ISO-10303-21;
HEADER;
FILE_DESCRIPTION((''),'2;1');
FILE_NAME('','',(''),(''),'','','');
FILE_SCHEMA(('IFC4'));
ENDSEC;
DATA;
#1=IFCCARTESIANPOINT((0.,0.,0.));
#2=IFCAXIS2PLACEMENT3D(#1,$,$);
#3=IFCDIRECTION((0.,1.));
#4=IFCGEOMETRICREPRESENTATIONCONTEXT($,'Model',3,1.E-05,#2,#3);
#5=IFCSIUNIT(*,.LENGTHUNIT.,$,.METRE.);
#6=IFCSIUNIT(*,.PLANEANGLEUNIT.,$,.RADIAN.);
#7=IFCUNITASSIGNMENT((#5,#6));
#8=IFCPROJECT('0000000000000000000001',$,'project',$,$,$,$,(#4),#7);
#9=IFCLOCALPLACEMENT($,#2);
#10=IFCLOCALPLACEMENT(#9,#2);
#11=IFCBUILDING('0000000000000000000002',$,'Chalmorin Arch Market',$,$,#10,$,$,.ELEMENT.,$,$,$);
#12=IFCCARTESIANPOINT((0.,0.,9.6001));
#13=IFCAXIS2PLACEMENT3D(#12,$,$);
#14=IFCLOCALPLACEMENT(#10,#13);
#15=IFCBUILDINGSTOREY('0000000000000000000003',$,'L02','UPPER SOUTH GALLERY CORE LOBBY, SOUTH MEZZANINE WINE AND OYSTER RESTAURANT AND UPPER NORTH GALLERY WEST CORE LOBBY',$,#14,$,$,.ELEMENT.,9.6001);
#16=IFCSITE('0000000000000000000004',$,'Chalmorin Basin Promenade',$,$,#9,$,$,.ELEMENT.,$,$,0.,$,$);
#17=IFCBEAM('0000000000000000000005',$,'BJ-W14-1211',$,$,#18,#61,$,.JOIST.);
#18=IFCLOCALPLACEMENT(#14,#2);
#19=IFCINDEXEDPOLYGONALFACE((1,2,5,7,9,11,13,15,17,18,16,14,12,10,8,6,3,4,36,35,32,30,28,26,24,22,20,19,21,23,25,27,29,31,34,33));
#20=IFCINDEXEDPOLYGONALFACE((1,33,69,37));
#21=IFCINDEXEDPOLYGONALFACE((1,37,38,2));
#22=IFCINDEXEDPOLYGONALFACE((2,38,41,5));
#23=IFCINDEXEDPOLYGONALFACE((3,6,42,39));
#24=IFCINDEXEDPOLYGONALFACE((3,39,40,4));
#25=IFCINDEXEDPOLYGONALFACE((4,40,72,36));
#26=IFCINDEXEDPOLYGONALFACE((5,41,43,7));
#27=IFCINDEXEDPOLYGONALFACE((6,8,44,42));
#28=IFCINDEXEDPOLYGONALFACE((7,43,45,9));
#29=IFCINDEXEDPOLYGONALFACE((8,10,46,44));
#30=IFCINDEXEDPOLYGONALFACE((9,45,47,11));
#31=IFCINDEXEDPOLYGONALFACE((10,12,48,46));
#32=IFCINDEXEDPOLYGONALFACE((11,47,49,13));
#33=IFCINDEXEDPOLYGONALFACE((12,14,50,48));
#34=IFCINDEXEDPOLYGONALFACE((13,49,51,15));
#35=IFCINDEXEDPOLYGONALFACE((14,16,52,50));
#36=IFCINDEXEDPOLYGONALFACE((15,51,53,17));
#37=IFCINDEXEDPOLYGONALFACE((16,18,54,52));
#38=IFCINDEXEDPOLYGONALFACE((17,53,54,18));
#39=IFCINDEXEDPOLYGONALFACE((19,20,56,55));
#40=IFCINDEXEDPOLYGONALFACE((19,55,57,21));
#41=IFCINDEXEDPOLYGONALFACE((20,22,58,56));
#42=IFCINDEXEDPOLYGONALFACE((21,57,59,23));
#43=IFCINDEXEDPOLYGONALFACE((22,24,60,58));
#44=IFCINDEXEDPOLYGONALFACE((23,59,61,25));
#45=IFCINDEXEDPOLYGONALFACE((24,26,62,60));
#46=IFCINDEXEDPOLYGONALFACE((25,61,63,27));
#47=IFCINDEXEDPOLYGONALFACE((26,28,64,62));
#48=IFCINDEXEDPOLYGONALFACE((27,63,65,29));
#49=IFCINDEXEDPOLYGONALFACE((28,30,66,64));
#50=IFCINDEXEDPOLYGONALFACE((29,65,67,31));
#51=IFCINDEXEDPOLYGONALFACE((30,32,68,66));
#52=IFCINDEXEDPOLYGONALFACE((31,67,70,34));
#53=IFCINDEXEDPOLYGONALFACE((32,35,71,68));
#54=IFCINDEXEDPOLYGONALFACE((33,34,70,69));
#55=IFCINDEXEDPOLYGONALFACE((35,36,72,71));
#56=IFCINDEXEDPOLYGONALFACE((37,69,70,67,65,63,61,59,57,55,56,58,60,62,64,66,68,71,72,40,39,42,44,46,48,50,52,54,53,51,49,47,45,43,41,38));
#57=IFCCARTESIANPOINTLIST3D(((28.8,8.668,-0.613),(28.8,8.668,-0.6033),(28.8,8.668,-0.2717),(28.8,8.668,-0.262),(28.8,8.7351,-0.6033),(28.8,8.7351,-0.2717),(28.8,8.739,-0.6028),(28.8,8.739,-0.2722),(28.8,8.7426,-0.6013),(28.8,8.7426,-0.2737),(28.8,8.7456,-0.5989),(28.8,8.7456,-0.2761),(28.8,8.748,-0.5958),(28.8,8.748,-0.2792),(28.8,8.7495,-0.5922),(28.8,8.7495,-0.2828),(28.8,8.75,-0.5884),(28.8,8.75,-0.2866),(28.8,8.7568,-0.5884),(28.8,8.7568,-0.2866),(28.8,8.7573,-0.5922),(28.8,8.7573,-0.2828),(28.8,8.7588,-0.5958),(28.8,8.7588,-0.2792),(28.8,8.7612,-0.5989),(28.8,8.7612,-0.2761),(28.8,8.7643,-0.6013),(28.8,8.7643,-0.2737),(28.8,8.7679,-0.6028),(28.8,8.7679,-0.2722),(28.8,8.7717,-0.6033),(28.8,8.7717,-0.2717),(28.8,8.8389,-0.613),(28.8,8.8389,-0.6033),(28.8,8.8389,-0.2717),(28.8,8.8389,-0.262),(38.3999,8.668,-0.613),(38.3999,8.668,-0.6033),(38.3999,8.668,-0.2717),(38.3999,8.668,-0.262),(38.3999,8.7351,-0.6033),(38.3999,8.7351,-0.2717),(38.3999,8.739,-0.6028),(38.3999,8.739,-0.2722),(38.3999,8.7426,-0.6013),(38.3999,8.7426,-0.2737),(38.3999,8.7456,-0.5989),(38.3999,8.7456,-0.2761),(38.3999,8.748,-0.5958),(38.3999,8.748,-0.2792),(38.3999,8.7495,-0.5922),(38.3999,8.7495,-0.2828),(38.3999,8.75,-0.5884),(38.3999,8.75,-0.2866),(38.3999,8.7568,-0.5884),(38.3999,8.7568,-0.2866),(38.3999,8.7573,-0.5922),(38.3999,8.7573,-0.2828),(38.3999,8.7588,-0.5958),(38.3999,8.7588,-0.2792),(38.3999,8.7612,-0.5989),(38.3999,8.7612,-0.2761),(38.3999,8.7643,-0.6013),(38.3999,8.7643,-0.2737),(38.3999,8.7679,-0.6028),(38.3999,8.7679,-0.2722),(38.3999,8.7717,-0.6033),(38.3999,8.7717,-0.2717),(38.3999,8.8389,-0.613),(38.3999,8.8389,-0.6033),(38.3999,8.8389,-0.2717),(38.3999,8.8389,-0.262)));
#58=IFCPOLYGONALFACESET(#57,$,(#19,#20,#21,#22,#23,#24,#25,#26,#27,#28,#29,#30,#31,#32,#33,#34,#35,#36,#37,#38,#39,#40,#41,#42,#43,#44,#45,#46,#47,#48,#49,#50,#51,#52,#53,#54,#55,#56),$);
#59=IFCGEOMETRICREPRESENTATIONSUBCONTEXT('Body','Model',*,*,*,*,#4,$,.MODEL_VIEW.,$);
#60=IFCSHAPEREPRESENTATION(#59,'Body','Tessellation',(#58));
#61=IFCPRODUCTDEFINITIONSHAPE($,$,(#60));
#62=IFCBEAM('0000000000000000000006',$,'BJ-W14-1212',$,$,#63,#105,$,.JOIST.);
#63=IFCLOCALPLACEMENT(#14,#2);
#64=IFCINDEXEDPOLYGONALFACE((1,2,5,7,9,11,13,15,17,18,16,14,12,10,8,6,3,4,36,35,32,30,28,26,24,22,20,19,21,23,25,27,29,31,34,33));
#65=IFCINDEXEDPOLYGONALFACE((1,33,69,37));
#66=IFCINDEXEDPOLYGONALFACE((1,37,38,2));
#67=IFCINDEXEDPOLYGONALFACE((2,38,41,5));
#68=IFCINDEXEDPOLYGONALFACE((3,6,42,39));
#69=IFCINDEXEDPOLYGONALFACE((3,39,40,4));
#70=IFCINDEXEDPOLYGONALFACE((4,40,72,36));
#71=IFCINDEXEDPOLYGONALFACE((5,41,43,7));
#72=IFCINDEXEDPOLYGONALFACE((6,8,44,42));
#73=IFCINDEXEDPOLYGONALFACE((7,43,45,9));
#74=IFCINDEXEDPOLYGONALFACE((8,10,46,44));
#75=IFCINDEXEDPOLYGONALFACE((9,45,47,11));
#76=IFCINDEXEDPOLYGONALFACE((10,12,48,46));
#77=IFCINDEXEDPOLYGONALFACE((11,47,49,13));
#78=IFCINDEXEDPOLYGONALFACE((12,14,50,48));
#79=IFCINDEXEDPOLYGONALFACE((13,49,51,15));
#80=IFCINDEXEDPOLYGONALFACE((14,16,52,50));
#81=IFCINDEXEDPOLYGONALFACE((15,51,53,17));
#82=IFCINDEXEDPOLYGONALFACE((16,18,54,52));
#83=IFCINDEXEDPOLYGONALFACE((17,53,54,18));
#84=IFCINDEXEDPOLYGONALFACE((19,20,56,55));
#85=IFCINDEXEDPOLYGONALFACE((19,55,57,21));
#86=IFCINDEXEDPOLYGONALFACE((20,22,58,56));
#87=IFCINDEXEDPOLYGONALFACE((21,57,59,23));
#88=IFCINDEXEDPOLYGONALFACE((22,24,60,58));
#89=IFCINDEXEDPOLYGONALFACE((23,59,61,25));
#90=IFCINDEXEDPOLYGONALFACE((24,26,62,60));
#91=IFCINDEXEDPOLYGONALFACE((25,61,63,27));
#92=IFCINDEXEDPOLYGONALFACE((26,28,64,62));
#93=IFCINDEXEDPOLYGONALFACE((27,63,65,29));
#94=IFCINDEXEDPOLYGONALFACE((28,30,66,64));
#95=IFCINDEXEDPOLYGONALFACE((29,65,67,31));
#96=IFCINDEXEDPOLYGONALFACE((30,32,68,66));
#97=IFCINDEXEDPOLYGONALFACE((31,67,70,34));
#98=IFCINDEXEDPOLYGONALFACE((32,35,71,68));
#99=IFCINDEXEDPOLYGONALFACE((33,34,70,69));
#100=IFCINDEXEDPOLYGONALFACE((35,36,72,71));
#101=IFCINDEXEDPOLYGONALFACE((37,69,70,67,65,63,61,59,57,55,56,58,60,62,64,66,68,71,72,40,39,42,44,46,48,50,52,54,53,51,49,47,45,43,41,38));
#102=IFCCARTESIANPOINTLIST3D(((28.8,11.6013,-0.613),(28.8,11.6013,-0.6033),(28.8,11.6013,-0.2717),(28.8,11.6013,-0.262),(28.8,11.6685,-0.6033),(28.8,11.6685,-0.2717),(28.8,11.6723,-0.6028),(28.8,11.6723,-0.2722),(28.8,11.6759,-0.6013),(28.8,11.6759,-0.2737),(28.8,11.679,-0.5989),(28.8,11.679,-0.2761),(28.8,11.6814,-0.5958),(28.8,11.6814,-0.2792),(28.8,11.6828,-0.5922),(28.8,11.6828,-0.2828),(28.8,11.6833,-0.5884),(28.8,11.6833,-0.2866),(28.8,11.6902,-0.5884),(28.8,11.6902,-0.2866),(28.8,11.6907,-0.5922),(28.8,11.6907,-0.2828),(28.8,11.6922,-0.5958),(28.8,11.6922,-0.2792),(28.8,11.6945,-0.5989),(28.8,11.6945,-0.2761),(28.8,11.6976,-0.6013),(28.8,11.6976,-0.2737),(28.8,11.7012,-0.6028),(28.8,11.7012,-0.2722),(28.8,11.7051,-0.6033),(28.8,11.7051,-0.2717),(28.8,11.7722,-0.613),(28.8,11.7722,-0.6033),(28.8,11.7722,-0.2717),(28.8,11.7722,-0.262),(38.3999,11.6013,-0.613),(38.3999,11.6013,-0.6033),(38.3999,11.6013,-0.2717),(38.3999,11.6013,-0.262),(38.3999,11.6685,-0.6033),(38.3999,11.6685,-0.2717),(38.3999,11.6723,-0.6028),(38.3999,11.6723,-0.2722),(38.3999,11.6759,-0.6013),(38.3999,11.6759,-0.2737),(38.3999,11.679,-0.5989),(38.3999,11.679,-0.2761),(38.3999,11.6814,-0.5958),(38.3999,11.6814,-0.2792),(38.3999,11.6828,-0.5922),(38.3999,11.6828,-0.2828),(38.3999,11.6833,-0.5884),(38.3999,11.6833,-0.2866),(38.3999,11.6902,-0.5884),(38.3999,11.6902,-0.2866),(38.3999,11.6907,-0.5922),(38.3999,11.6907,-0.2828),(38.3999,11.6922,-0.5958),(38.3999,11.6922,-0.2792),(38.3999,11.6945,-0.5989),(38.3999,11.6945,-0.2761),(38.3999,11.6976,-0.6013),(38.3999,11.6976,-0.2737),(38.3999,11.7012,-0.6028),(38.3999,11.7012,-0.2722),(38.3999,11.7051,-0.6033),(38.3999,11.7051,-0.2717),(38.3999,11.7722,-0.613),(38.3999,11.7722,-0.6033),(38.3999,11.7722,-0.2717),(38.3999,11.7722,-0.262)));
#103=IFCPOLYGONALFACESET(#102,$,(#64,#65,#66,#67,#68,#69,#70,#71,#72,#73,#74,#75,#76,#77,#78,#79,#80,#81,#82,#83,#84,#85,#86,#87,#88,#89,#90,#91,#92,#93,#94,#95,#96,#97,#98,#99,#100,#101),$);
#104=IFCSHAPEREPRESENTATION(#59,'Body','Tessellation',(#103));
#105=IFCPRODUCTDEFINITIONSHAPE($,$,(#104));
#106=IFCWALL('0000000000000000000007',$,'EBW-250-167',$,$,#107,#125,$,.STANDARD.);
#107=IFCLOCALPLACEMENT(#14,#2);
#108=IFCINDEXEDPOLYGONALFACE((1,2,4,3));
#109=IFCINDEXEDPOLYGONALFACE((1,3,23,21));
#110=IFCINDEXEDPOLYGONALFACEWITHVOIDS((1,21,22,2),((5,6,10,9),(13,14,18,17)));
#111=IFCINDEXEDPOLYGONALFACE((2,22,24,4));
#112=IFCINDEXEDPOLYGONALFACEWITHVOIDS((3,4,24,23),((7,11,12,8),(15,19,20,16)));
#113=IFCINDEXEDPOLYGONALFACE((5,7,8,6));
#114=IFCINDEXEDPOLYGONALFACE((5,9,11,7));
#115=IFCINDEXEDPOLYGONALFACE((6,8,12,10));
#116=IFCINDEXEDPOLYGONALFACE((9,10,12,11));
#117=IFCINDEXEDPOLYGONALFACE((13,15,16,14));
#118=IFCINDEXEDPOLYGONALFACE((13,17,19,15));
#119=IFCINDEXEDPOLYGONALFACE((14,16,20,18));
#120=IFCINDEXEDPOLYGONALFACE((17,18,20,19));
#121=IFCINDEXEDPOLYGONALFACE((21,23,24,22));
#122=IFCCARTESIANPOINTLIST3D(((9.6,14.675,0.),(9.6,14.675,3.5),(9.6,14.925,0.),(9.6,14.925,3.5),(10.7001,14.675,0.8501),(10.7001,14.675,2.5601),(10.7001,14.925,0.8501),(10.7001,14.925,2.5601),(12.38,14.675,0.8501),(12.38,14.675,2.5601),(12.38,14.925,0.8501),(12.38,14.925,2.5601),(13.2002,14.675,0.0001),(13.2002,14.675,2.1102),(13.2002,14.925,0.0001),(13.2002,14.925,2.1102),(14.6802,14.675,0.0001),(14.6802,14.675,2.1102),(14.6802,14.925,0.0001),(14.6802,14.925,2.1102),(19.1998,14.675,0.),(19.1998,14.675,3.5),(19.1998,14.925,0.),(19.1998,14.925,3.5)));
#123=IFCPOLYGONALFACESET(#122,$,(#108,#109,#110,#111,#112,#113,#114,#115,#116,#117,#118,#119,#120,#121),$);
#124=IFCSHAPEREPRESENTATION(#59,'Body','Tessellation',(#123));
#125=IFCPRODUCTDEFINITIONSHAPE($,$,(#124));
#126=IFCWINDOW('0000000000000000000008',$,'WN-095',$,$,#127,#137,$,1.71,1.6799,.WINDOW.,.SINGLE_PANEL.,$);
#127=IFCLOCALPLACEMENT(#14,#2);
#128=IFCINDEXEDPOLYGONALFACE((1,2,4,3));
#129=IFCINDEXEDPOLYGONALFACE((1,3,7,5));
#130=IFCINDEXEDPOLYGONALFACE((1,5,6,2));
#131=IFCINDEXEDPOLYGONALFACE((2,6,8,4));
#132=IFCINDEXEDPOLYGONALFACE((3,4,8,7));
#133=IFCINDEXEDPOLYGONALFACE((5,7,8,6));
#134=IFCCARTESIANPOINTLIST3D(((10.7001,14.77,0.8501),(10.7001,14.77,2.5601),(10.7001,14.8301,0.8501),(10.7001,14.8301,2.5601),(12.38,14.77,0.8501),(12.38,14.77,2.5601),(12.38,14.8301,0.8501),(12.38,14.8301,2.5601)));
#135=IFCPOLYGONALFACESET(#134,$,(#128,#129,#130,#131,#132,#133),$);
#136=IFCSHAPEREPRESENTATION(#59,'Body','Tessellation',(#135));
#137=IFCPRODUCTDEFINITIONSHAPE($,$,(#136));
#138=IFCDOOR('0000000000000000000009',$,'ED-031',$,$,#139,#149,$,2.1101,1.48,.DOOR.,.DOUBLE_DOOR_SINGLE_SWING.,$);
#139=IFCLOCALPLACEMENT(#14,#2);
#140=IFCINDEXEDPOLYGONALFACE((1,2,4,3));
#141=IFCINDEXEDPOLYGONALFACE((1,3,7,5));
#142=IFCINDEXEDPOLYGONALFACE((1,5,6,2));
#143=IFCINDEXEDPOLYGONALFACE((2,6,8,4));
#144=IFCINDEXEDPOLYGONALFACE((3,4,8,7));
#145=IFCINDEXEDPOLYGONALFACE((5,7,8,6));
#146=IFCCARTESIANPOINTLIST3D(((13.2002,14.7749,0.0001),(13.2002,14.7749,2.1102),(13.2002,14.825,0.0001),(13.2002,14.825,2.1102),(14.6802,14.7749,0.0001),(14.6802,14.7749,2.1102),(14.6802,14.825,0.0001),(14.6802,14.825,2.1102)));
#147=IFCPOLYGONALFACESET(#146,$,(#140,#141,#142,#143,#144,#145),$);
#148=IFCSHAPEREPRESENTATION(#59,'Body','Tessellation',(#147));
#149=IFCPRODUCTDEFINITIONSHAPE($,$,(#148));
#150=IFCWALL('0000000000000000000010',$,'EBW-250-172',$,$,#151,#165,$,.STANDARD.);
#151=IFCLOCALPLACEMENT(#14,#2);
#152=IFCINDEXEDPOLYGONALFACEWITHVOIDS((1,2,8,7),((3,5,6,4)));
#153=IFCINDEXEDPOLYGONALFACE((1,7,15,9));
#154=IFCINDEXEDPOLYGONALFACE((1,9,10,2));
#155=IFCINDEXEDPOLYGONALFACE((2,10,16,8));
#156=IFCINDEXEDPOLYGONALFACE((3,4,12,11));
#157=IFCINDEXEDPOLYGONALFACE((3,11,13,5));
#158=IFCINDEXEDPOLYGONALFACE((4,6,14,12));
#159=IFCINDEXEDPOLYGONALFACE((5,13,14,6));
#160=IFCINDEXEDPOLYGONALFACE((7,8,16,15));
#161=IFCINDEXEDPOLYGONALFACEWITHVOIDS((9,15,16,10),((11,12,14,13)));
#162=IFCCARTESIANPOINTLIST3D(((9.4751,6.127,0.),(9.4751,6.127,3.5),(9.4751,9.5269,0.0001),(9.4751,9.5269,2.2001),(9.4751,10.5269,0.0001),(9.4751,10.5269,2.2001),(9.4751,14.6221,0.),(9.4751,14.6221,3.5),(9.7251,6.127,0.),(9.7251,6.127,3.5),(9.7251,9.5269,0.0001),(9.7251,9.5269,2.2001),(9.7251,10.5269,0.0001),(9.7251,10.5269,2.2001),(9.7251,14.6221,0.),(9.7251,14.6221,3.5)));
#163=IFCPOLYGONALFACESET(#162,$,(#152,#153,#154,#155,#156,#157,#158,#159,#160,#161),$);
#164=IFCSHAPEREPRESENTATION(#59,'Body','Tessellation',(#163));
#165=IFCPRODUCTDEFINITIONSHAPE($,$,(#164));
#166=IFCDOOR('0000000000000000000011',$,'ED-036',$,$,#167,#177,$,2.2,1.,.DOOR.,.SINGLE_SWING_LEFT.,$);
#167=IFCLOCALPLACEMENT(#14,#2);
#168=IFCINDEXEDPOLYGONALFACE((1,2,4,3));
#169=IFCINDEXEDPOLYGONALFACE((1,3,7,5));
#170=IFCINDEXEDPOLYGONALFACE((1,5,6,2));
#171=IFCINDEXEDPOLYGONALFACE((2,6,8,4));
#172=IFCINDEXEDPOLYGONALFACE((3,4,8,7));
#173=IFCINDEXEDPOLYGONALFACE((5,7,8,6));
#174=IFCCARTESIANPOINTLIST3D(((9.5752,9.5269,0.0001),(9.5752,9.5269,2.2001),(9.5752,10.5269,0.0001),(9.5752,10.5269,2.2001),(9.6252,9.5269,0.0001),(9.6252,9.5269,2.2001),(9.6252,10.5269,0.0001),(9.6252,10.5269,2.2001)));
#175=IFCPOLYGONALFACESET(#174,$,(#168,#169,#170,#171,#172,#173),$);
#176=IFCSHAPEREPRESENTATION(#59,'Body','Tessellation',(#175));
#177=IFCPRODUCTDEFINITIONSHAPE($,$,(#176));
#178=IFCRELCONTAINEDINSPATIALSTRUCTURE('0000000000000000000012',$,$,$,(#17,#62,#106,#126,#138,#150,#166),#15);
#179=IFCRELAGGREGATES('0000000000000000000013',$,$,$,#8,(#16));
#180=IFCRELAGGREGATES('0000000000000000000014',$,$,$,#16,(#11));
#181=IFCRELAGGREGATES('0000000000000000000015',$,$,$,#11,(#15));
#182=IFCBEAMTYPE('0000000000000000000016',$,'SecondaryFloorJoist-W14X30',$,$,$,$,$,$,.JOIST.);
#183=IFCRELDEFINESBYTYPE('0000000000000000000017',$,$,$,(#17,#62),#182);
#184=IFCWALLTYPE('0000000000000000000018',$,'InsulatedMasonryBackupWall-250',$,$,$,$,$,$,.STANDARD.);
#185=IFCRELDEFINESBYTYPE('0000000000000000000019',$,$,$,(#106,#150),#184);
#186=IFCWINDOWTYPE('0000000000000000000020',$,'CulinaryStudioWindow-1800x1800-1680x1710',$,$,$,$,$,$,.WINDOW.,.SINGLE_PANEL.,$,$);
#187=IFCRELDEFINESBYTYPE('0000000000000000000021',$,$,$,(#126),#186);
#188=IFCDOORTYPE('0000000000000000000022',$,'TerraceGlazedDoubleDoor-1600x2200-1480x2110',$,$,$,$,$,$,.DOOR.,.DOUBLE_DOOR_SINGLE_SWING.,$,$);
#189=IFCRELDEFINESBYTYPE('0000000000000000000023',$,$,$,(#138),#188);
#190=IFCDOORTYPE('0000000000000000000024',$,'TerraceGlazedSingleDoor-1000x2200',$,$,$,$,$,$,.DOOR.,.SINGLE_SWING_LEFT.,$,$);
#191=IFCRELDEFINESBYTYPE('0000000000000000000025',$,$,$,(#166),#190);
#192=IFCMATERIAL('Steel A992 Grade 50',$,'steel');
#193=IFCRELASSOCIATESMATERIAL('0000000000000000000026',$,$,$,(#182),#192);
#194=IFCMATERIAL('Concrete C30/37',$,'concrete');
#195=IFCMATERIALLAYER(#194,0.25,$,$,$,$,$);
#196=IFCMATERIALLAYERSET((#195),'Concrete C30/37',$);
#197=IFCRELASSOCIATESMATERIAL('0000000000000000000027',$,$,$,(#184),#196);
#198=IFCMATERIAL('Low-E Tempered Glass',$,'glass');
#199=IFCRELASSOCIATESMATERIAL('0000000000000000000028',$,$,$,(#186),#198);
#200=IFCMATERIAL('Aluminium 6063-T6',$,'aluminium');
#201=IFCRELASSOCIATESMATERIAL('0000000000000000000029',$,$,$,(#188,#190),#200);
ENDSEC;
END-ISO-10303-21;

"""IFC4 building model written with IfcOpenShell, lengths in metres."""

from ifc_helpers import new_model, si_unit, direction, frame, frame_2d, origin, origin_2d, place, context, subcontext, project, spatial, rectangle, i_section, extrude, material, layer, layer_set, material_profile, profile_set, type_object, element, fill, save


model = new_model("IFC4")

# Units and contexts
model_context = context("Model", 3, precision=1e-05, world=origin(), true_north=direction((0.0, 1.0)))
body_context = subcontext(model_context, "Body", "Model", "MODEL_VIEW")
ifc_project = project(units=[si_unit("LENGTHUNIT", "METRE"), si_unit("PLANEANGLEUNIT", "RADIAN")], contexts=[model_context])

# Site, building, storey
site_placement = place(None, origin())
site = spatial("IfcSite", under=ifc_project, at=site_placement, Name="Chalmorin Basin Promenade", CompositionType="ELEMENT", RefElevation=0.0)
building_placement = place(site_placement, origin())
building = spatial("IfcBuilding", under=site, at=building_placement, Name="Chalmorin Arch Market", CompositionType="ELEMENT")
storey_placement = place(building_placement, frame((0.0, 0.0, 9.6001)))
storey = spatial("IfcBuildingStorey", under=building, at=storey_placement, Name="L02", Description="UPPER SOUTH GALLERY CORE LOBBY, SOUTH MEZZANINE WINE AND OYSTER RESTAURANT AND UPPER NORTH GALLERY WEST CORE LOBBY", CompositionType="ELEMENT", Elevation=9.6001)

# Shared definitions
ifc_material_1 = material(Name="Steel A992 Grade 50", Category="steel")

# Beams
ifc_material_profile_1 = material_profile(ifc_material_1, i_section(OverallWidth=0.1709, OverallDepth=0.3511, WebThickness=0.0068, FlangeThickness=0.0098, FilletRadius=0.0149, at=origin_2d()), Name="W14X30")
ifc_profile_set_1 = profile_set([ifc_material_profile_1], Name="Steel A992 Grade 50")
beam_type_1 = type_object("IfcBeamType", Name="SecondaryFloorJoist-W14X30", PredefinedType="JOIST", material=ifc_profile_set_1)
for number, where, z_axis, x_axis, name in (
    (1, (28.8, 8.7534, -0.4375), (1.0, 0.0, 0.0), (0.0, 1.0, 0.0), "BJ-W14-1211"),
    (2, (28.8, 11.6868, -0.4375), (1.0, 0.0, 0.0), (0.0, 1.0, 0.0), "BJ-W14-1212"),
):
    element("IfcBeam", number, at=place(storey_placement, frame(where, z_axis=z_axis, x_axis=x_axis)), inside=storey, type_object=beam_type_1, Name=name, PredefinedType="JOIST", context=body_context, shape_type="SweptSolid", body=[
        extrude(i_section(OverallWidth=0.1709, OverallDepth=0.3511, WebThickness=0.0068, FlangeThickness=0.0098, FilletRadius=0.0149, at=origin_2d()), origin(), (0.0, 0.0, 1.0), 9.5999),
    ])

# Wall, openings, window, door
ifc_material_2 = material(Name="Concrete C30/37", Category="concrete")
ifc_layer_1 = layer(ifc_material_2, 0.25)
ifc_layer_set_1 = layer_set([ifc_layer_1], Name="Concrete C30/37")
wall_type_1 = type_object("IfcWallType", Name="InsulatedMasonryBackupWall-250", PredefinedType="STANDARD", material=ifc_layer_set_1)
wall_1_placement = place(storey_placement, frame((9.6001, 14.8, 0.0), z_axis=(0.0, 0.0, 1.0), x_axis=(1.0, 0.0, 0.0)))
wall_1 = element("IfcWall", 3, at=wall_1_placement, inside=storey, type_object=wall_type_1, Name="EBW-250-167", PredefinedType="STANDARD", context=body_context, shape_type="SweptSolid", body=[
    extrude(rectangle(XDim=9.5999, YDim=0.25, at=frame_2d((4.7998, 0.0))), origin(), (0.0, 0.0, 1.0), 3.5),
])
opening_1_placement = place(wall_1_placement, frame((3.6001, 0.0, 0.0)))
opening_1 = element("IfcOpeningElement", 4, at=opening_1_placement, cuts=wall_1, PredefinedType="OPENING", context=body_context, shape_type="SweptSolid", body=[
    extrude(rectangle(XDim=1.48, YDim=2.1101, at=frame_2d((0.74, 1.0552))), frame((0.0, 0.135, 0.0), z_axis=(0.0, -1.0, 0.0), x_axis=(1.0, 0.0, 0.0)), (0.0, 0.0, 1.0), 0.27),
])
opening_2_placement = place(wall_1_placement, frame((1.1001, 0.0, 0.8501)))
opening_2 = element("IfcOpeningElement", 5, at=opening_2_placement, cuts=wall_1, PredefinedType="OPENING", context=body_context, shape_type="SweptSolid", body=[
    extrude(rectangle(XDim=1.6799, YDim=1.71, at=frame_2d((0.8398, 0.855))), frame((0.0, 0.135, 0.0), z_axis=(0.0, -1.0, 0.0), x_axis=(1.0, 0.0, 0.0)), (0.0, 0.0, 1.0), 0.27),
])
ifc_material_3 = material(Name="Low-E Tempered Glass", Category="glass")
window_type = type_object("IfcWindowType", Name="CulinaryStudioWindow-1800x1800-1680x1710", PartitioningType="SINGLE_PANEL", PredefinedType="WINDOW", material=ifc_material_3)
window_placement = place(opening_2_placement, origin())
window = element("IfcWindow", 6, at=window_placement, inside=storey, type_object=window_type, Name="WN-095", OverallHeight=1.71, OverallWidth=1.6799, PartitioningType="SINGLE_PANEL", PredefinedType="WINDOW", context=body_context, shape_type="SweptSolid", body=[
    extrude(rectangle(XDim=1.6799, YDim=1.71, at=frame_2d((0.8398, 0.855))), frame((0.0, 0.03, 0.0), z_axis=(0.0, -1.0, 0.0), x_axis=(1.0, 0.0, 0.0)), (0.0, 0.0, 1.0), 0.0601),
])
fill(opening_2, window)
ifc_material_4 = material(Name="Aluminium 6063-T6", Category="aluminium")
door_type_1 = type_object("IfcDoorType", Name="TerraceGlazedDoubleDoor-1600x2200-1480x2110", OperationType="DOUBLE_DOOR_SINGLE_SWING", PredefinedType="DOOR", material=ifc_material_4)
door_1_placement = place(opening_1_placement, origin())
door_1 = element("IfcDoor", 7, at=door_1_placement, inside=storey, type_object=door_type_1, Name="ED-031", OperationType="DOUBLE_DOOR_SINGLE_SWING", OverallHeight=2.1101, OverallWidth=1.48, PredefinedType="DOOR", context=body_context, shape_type="SweptSolid", body=[
    extrude(rectangle(XDim=1.48, YDim=2.1101, at=frame_2d((0.74, 1.0552))), frame((0.0, 0.0249, 0.0), z_axis=(0.0, -1.0, 0.0), x_axis=(1.0, 0.0, 0.0)), (0.0, 0.0, 1.0), 0.05),
])
fill(opening_1, door_1)

# Wall, opening, door
wall_2_placement = place(storey_placement, frame((9.6001, 6.127, 0.0), z_axis=(0.0, 0.0, 1.0), x_axis=(0.0, 1.0, 0.0)))
wall_2 = element("IfcWall", 8, at=wall_2_placement, inside=storey, type_object=wall_type_1, Name="EBW-250-172", PredefinedType="STANDARD", context=body_context, shape_type="SweptSolid", body=[
    extrude(rectangle(XDim=8.4951, YDim=0.25, at=frame_2d((4.2476, 0.0))), origin(), (0.0, 0.0, 1.0), 3.5),
])
opening_3_placement = place(wall_2_placement, frame((3.3999, 0.0, 0.0)))
opening_3 = element("IfcOpeningElement", 9, at=opening_3_placement, cuts=wall_2, PredefinedType="OPENING", context=body_context, shape_type="SweptSolid", body=[
    extrude(rectangle(XDim=1.0, YDim=2.2, at=frame_2d((0.5, 1.1001))), frame((0.0, 0.135, 0.0), z_axis=(0.0, -1.0, 0.0), x_axis=(1.0, 0.0, 0.0)), (0.0, 0.0, 1.0), 0.27),
])
door_type_2 = type_object("IfcDoorType", Name="TerraceGlazedSingleDoor-1000x2200", OperationType="SINGLE_SWING_LEFT", PredefinedType="DOOR", material=ifc_material_4)
door_2_placement = place(opening_3_placement, origin())
door_2 = element("IfcDoor", 10, at=door_2_placement, inside=storey, type_object=door_type_2, Name="ED-036", OperationType="SINGLE_SWING_LEFT", OverallHeight=2.2, OverallWidth=1.0, PredefinedType="DOOR", context=body_context, shape_type="SweptSolid", body=[
    extrude(rectangle(XDim=1.0, YDim=2.2, at=frame_2d((0.5, 1.1001))), frame((0.0, 0.0249, 0.0), z_axis=(0.0, -1.0, 0.0), x_axis=(1.0, 0.0, 0.0)), (0.0, 0.0, 1.0), 0.05),
])
fill(opening_3, door_2)

save(model, "model.ifc")
